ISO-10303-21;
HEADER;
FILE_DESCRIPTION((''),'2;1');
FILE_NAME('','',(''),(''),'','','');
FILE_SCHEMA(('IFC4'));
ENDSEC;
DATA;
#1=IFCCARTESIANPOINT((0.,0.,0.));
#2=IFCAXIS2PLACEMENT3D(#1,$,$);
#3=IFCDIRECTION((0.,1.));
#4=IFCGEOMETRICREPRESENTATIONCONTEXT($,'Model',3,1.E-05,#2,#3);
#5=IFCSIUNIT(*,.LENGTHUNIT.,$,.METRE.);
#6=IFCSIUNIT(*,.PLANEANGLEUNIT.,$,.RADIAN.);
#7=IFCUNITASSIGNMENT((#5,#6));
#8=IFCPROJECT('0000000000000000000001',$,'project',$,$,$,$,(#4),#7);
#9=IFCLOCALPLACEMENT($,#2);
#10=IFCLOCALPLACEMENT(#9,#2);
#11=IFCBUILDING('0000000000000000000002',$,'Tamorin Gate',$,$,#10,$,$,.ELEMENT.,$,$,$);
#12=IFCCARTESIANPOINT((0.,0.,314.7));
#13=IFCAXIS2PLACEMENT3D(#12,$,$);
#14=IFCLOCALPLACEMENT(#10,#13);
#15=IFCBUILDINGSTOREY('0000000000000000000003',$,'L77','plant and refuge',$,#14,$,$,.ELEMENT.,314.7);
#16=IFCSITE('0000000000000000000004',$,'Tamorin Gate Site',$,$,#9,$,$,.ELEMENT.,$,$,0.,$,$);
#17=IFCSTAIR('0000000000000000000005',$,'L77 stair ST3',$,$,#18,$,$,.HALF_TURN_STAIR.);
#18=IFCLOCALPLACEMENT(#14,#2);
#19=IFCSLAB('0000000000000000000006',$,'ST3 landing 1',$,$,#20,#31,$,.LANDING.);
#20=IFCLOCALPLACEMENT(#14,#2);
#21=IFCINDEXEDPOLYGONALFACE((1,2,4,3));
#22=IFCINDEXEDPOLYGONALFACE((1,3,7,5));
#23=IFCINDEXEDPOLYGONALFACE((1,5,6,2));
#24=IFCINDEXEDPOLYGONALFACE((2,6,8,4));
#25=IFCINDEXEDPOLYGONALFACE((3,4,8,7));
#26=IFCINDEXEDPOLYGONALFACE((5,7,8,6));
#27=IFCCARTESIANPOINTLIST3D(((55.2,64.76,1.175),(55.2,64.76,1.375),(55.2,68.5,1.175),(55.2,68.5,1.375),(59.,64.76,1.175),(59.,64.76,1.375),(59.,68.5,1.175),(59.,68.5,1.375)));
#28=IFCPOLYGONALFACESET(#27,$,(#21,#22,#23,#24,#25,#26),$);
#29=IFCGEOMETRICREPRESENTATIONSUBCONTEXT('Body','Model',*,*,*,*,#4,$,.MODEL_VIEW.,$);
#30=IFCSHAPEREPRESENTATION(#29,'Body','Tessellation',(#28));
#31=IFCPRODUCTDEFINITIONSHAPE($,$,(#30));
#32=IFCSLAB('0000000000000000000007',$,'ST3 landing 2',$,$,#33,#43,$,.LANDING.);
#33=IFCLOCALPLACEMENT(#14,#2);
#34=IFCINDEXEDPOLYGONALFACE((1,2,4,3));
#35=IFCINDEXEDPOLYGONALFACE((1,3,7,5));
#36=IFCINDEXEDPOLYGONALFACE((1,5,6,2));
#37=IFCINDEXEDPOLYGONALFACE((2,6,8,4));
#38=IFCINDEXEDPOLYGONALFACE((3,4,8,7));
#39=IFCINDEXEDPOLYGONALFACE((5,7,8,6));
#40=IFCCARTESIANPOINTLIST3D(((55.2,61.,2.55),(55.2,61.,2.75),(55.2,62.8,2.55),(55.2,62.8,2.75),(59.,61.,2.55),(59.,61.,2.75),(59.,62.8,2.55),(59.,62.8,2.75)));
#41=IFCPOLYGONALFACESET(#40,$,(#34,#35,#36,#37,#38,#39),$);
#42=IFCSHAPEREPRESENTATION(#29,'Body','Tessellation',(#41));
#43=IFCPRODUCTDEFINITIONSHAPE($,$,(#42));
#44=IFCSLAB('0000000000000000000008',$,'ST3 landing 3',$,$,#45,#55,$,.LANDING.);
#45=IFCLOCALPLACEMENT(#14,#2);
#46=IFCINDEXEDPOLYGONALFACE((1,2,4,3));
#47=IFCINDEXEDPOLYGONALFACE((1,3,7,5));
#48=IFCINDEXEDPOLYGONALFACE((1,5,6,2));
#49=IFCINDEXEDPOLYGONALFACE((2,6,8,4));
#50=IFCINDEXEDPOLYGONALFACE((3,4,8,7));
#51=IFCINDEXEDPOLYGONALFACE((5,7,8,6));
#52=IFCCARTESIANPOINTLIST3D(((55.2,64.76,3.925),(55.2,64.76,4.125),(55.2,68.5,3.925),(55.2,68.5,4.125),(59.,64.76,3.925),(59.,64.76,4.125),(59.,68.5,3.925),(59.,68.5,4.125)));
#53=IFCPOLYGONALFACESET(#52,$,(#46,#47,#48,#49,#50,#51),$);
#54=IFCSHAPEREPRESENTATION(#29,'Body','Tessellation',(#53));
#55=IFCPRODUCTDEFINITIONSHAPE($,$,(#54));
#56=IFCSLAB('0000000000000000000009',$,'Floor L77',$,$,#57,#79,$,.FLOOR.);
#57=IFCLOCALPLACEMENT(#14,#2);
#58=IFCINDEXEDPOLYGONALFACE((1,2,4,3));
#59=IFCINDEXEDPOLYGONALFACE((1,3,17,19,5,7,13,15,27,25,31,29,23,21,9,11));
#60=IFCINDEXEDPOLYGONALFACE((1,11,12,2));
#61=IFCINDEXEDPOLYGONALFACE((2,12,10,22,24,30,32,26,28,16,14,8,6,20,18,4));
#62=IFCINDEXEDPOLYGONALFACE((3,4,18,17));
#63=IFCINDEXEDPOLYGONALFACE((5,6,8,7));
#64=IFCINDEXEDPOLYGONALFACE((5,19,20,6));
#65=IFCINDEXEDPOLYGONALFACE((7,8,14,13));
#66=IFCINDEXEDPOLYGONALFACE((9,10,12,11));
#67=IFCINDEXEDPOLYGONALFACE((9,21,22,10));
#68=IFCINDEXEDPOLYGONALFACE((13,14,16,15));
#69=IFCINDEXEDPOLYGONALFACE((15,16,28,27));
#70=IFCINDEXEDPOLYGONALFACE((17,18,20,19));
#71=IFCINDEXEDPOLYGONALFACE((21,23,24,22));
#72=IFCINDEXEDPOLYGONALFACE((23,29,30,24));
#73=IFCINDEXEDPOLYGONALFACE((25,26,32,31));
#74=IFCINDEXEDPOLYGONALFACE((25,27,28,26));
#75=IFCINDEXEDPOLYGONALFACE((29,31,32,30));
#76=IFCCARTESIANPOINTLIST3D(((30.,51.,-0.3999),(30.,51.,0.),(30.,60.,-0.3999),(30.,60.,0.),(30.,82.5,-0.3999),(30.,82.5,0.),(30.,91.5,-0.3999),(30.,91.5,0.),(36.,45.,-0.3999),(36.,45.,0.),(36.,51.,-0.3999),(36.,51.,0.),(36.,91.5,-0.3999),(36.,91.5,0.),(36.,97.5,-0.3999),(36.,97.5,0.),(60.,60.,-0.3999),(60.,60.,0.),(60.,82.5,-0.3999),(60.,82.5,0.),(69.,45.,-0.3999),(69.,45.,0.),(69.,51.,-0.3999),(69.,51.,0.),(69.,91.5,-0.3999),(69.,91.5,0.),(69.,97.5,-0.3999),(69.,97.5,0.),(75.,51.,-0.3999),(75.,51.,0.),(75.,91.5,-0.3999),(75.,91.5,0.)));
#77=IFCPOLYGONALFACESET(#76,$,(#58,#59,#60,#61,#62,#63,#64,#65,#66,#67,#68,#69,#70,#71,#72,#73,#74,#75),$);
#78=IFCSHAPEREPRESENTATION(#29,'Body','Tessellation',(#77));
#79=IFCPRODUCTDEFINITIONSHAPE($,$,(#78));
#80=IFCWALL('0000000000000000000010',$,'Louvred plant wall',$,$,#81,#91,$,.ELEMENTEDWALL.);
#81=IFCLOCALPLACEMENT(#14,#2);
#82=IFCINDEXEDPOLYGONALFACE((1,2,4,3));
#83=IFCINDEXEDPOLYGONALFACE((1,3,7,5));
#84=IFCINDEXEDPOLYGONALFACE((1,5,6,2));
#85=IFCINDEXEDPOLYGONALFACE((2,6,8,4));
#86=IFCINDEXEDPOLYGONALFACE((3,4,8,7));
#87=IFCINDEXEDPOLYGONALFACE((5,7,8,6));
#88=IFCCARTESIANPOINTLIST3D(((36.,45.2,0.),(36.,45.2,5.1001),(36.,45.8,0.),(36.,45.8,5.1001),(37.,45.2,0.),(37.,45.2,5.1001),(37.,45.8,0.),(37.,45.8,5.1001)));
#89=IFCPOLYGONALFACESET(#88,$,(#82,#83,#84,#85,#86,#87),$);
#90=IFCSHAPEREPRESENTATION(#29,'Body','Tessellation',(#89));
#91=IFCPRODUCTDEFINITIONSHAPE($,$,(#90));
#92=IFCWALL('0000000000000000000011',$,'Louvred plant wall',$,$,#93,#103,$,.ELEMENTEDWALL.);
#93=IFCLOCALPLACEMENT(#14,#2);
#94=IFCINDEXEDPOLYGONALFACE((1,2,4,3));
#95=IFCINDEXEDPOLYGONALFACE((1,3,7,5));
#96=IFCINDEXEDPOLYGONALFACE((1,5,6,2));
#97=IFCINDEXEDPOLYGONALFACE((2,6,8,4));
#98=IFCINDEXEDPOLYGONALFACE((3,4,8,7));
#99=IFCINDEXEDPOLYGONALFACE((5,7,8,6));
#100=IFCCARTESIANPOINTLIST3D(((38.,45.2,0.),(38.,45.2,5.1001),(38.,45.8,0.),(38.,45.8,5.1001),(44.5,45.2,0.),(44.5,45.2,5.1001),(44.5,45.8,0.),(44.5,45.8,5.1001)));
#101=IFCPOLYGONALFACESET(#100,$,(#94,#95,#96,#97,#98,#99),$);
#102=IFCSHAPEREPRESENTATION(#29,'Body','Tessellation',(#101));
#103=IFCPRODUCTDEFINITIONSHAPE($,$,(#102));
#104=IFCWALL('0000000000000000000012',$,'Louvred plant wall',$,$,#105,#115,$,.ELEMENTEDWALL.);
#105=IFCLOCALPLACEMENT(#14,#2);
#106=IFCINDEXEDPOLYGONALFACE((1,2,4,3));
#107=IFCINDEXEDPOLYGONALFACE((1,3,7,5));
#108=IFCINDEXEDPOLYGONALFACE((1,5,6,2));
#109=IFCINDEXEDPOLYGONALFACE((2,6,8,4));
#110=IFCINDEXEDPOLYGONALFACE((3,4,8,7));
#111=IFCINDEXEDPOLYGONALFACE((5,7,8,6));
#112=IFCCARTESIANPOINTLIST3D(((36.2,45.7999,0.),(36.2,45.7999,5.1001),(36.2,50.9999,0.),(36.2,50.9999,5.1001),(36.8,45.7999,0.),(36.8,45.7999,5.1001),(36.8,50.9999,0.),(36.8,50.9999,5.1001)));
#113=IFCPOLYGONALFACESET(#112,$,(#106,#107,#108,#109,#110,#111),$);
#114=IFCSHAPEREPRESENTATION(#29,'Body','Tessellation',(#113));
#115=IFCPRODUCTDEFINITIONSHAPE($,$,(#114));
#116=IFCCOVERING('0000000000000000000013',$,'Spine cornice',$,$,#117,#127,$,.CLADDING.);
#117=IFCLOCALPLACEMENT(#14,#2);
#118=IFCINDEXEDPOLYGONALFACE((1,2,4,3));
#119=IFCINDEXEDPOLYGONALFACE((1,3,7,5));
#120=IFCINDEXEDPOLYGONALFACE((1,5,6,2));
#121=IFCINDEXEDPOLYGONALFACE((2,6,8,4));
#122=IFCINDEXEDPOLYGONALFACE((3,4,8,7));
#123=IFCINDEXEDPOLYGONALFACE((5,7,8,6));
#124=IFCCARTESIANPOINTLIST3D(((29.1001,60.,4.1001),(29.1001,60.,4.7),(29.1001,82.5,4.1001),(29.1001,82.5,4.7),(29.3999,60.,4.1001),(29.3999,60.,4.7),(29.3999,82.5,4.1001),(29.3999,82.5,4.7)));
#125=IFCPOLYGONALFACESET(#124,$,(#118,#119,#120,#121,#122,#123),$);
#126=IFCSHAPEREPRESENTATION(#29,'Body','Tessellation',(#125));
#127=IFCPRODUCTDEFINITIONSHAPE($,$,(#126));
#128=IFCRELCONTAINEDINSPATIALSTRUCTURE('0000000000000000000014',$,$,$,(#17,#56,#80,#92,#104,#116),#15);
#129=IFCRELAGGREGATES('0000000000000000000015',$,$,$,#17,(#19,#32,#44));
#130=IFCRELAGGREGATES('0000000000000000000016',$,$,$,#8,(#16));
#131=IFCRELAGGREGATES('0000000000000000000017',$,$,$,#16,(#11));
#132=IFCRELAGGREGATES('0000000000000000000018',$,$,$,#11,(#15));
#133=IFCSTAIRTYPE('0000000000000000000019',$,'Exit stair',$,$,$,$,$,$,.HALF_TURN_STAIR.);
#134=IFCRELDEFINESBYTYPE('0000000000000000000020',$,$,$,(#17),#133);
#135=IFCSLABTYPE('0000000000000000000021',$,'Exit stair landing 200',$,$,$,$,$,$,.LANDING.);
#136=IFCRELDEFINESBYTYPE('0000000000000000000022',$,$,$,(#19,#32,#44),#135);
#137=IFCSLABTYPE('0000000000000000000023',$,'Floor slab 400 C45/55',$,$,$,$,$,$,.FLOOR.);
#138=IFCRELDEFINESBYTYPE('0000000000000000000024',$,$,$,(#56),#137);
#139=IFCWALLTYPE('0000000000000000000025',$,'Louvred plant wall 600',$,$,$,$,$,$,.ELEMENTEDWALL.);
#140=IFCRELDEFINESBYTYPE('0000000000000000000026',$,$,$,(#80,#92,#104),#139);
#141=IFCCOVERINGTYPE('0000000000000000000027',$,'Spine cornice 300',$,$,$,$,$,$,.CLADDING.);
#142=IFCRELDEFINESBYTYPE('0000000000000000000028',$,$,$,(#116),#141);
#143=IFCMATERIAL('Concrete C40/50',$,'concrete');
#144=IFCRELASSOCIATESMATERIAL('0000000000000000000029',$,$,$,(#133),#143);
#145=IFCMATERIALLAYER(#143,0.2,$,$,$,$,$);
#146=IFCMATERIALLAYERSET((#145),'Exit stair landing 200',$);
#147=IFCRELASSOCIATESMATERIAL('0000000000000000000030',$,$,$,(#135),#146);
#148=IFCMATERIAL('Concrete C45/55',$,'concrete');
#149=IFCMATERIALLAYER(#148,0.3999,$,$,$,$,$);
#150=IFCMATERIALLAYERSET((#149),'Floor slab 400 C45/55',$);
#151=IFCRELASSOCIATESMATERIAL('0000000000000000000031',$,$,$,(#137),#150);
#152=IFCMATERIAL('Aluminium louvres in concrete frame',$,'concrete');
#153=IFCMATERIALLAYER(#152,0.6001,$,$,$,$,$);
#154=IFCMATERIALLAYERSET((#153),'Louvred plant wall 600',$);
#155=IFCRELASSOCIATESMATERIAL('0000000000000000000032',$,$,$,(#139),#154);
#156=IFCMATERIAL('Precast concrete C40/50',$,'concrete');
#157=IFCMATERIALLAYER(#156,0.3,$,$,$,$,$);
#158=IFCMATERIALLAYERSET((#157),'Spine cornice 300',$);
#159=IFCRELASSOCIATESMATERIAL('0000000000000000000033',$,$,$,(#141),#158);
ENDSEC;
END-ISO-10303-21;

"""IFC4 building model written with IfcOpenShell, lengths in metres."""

from ifc_helpers import new_model, si_unit, direction, frame, frame_2d, origin, place, context, subcontext, project, spatial, polyline, rectangle, outline, extrude, material, layer, layer_set, type_object, element, aggregate, save


model = new_model("IFC4")

# Units and contexts
model_context = context("Model", 3, precision=1e-05, world=origin(), true_north=direction((0.0, 1.0)))
body_context = subcontext(model_context, "Body", "Model", "MODEL_VIEW")
ifc_project = project(units=[si_unit("LENGTHUNIT", "METRE"), si_unit("PLANEANGLEUNIT", "RADIAN")], contexts=[model_context])

# Site, building, storey
site_placement = place(None, origin())
site = spatial("IfcSite", under=ifc_project, at=site_placement, Name="Tamorin Gate Site", CompositionType="ELEMENT", RefElevation=0.0)
building_placement = place(site_placement, origin())
building = spatial("IfcBuilding", under=site, at=building_placement, Name="Tamorin Gate", CompositionType="ELEMENT")
storey_placement = place(building_placement, frame((0.0, 0.0, 314.7)))
storey = spatial("IfcBuildingStorey", under=building, at=storey_placement, Name="L77", Description="plant and refuge", CompositionType="ELEMENT", Elevation=314.7)

# Shared definitions
ifc_material_1 = material(Name="Concrete C40/50", Category="concrete")

# Stair, slabs
stair_type = type_object("IfcStairType", Name="Exit stair", PredefinedType="HALF_TURN_STAIR", material=ifc_material_1)
ifc_layer_1 = layer(ifc_material_1, 0.2)
ifc_layer_set_1 = layer_set([ifc_layer_1], Name="Exit stair landing 200")
slab_type_1 = type_object("IfcSlabType", Name="Exit stair landing 200", PredefinedType="LANDING", material=ifc_layer_set_1)
stair_1_placement = place(storey_placement, origin())
stair_1 = element("IfcStair", 1, at=stair_1_placement, inside=storey, type_object=stair_type, Name="L77 stair ST3", PredefinedType="HALF_TURN_STAIR")
slab_1_placement = place(storey_placement, frame((0.0, 0.0, 1.175)))
slab_1 = element("IfcSlab", 2, at=slab_1_placement, type_object=slab_type_1, Name="ST3 landing 1", PredefinedType="LANDING", context=body_context, shape_type="SweptSolid", body=[
    extrude(outline(polyline([(59.0, 64.76), (59.0, 68.5), (55.2, 68.5), (55.2, 64.76), (59.0, 64.76)])), origin(), (0.0, 0.0, 1.0), 0.2),
])
slab_2_placement = place(storey_placement, frame((0.0, 0.0, 2.55)))
slab_2 = element("IfcSlab", 3, at=slab_2_placement, type_object=slab_type_1, Name="ST3 landing 2", PredefinedType="LANDING", context=body_context, shape_type="SweptSolid", body=[
    extrude(outline(polyline([(59.0, 61.0), (59.0, 62.8), (55.2, 62.8), (55.2, 61.0), (59.0, 61.0)])), origin(), (0.0, 0.0, 1.0), 0.2),
])
slab_3_placement = place(storey_placement, frame((0.0, 0.0, 3.925)))
slab_3 = element("IfcSlab", 4, at=slab_3_placement, type_object=slab_type_1, Name="ST3 landing 3", PredefinedType="LANDING", context=body_context, shape_type="SweptSolid", body=[
    extrude(outline(polyline([(59.0, 64.76), (59.0, 68.5), (55.2, 68.5), (55.2, 64.76), (59.0, 64.76)])), origin(), (0.0, 0.0, 1.0), 0.2),
])
aggregate(stair_1, [slab_1, slab_2, slab_3])

# Slab
ifc_material_2 = material(Name="Concrete C45/55", Category="concrete")
ifc_layer_2 = layer(ifc_material_2, 0.3999)
ifc_layer_set_2 = layer_set([ifc_layer_2], Name="Floor slab 400 C45/55")
slab_type_2 = type_object("IfcSlabType", Name="Floor slab 400 C45/55", PredefinedType="FLOOR", material=ifc_layer_set_2)
slab_4_placement = place(storey_placement, frame((0.0, 0.0, -0.3999)))
element("IfcSlab", 5, at=slab_4_placement, inside=storey, type_object=slab_type_2, Name="Floor L77", PredefinedType="FLOOR", context=body_context, shape_type="SweptSolid", body=[
    extrude(outline(polyline([(30.0, 91.5), (36.0, 91.5), (36.0, 97.5), (69.0, 97.5), (69.0, 91.5), (75.0, 91.5), (75.0, 51.0), (69.0, 51.0), (69.0, 45.0), (36.0, 45.0), (36.0, 51.0), (30.0, 51.0), (30.0, 60.0), (60.0, 60.0), (60.0, 82.5), (30.0, 82.5), (30.0, 91.5)])), origin(), (0.0, 0.0, 1.0), 0.3999),
])

# Walls
ifc_material_3 = material(Name="Aluminium louvres in concrete frame", Category="concrete")
ifc_layer_3 = layer(ifc_material_3, 0.6001)
ifc_layer_set_3 = layer_set([ifc_layer_3], Name="Louvred plant wall 600")
wall_type = type_object("IfcWallType", Name="Louvred plant wall 600", PredefinedType="ELEMENTEDWALL", material=ifc_layer_set_3)
wall_1_placement = place(storey_placement, frame((36.0, 45.5, 0.0), z_axis=(0.0, 0.0, 1.0), x_axis=(1.0, 0.0, 0.0)))
element("IfcWall", 6, at=wall_1_placement, inside=storey, type_object=wall_type, Name="Louvred plant wall", PredefinedType="ELEMENTEDWALL", context=body_context, shape_type="SweptSolid", body=[
    extrude(rectangle(XDim=1.0, YDim=0.6001, at=frame_2d((0.5, 0.0))), origin(), (0.0, 0.0, 1.0), 5.1001),
])
wall_2_placement = place(storey_placement, frame((38.0, 45.5, 0.0), z_axis=(0.0, 0.0, 1.0), x_axis=(1.0, 0.0, 0.0)))
element("IfcWall", 7, at=wall_2_placement, inside=storey, type_object=wall_type, Name="Louvred plant wall", PredefinedType="ELEMENTEDWALL", context=body_context, shape_type="SweptSolid", body=[
    extrude(rectangle(XDim=6.5, YDim=0.6001, at=frame_2d((3.25, 0.0))), origin(), (0.0, 0.0, 1.0), 5.1001),
])
wall_3_placement = place(storey_placement, frame((36.5, 51.0, 0.0), z_axis=(0.0, 0.0, 1.0), x_axis=(0.0, -1.0, 0.0)))
element("IfcWall", 8, at=wall_3_placement, inside=storey, type_object=wall_type, Name="Louvred plant wall", PredefinedType="ELEMENTEDWALL", context=body_context, shape_type="SweptSolid", body=[
    extrude(rectangle(XDim=5.2, YDim=0.6001, at=frame_2d((2.6001, 0.0))), origin(), (0.0, 0.0, 1.0), 5.1001),
])

# Covering
ifc_material_4 = material(Name="Precast concrete C40/50", Category="concrete")
ifc_layer_4 = layer(ifc_material_4, 0.3)
ifc_layer_set_4 = layer_set([ifc_layer_4], Name="Spine cornice 300")
covering_type = type_object("IfcCoveringType", Name="Spine cornice 300", PredefinedType="CLADDING", material=ifc_layer_set_4)
covering_placement = place(storey_placement, frame((0.0, 0.0, 4.1001)))
element("IfcCovering", 9, at=covering_placement, inside=storey, type_object=covering_type, Name="Spine cornice", PredefinedType="CLADDING", context=body_context, shape_type="SweptSolid", body=[
    extrude(outline(polyline([(29.1001, 60.0), (29.3999, 60.0), (29.3999, 82.5), (29.1001, 82.5), (29.1001, 60.0)])), origin(), (0.0, 0.0, 1.0), 0.5999),
])

save(model, "model.ifc")
